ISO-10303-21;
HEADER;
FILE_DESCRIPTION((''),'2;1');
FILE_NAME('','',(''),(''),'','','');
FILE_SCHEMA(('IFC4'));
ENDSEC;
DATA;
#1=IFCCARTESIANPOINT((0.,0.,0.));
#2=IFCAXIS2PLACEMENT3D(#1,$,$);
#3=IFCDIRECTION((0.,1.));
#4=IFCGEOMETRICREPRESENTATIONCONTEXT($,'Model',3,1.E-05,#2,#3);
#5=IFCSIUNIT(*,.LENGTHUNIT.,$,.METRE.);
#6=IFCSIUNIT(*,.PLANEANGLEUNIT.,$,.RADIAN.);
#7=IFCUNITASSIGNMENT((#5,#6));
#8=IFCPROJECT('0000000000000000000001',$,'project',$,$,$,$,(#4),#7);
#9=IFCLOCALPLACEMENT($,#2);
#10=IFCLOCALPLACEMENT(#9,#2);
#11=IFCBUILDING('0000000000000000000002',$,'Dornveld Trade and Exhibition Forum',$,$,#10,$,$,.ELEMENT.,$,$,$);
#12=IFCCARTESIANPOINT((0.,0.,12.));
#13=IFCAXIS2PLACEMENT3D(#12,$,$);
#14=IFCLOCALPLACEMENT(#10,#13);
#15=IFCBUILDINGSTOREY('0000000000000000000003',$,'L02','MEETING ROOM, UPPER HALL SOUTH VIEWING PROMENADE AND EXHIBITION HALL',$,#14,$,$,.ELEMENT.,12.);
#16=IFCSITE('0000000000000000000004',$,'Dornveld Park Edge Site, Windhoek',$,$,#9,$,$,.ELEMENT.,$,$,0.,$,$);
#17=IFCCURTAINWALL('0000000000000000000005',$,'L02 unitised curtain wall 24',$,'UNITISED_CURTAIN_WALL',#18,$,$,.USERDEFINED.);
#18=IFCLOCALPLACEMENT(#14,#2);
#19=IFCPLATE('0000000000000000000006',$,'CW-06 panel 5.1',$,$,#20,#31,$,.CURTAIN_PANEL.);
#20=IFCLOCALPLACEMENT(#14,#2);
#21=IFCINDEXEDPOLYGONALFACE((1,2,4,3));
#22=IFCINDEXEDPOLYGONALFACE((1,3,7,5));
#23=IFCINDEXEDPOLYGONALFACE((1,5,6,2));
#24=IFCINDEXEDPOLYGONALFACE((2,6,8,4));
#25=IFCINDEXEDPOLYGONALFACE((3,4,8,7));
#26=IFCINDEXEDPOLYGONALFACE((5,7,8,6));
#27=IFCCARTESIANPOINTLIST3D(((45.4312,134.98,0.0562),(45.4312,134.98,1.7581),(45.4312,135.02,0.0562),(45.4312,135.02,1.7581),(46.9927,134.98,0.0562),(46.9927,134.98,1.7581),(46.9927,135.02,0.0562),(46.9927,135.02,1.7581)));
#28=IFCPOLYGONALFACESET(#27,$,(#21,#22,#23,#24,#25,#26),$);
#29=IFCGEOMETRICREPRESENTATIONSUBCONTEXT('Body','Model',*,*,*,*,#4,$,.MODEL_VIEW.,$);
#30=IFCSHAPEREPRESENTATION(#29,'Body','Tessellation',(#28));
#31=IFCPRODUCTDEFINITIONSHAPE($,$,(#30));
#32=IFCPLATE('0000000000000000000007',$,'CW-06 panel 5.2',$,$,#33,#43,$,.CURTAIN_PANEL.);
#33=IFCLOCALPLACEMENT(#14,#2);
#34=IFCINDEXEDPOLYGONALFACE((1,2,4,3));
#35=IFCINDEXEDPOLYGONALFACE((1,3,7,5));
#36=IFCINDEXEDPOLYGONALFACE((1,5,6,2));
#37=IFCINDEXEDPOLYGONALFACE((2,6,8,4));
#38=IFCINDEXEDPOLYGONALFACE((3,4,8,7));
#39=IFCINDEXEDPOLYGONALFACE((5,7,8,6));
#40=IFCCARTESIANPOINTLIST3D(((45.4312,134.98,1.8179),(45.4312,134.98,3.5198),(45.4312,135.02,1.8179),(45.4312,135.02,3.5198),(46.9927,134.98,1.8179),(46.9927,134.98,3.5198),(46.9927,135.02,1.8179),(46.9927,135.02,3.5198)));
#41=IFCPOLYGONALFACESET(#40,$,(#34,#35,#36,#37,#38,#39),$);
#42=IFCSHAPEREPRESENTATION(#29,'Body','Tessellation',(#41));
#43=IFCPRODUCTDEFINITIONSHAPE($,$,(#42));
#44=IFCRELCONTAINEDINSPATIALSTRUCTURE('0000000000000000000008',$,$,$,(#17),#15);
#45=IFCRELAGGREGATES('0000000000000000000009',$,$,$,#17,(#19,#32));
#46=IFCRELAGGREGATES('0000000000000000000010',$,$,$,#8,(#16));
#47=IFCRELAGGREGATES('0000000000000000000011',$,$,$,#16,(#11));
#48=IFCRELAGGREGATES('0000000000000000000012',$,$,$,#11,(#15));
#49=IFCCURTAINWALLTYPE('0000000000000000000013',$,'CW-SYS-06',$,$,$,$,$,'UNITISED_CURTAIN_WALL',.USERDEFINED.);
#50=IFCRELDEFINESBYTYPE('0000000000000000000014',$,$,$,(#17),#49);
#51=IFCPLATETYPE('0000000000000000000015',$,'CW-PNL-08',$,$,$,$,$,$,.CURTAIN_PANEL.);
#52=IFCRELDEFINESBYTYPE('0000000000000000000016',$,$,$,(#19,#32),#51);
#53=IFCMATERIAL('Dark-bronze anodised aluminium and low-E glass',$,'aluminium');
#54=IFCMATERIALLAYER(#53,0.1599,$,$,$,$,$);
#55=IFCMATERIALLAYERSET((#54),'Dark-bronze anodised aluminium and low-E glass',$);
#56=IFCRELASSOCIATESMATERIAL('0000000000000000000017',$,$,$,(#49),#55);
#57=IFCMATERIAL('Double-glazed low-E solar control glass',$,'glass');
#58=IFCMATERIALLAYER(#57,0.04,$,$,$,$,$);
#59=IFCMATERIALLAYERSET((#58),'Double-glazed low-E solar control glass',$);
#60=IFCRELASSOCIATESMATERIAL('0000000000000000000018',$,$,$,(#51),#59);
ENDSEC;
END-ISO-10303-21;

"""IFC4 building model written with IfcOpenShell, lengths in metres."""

from ifc_helpers import new_model, si_unit, direction, frame, origin, origin_2d, place, context, subcontext, project, spatial, rectangle, extrude, material, layer, layer_set, type_object, element, aggregate, save


model = new_model("IFC4")

# Units and contexts
model_context = context("Model", 3, precision=1e-05, world=origin(), true_north=direction((0.0, 1.0)))
body_context = subcontext(model_context, "Body", "Model", "MODEL_VIEW")
ifc_project = project(units=[si_unit("LENGTHUNIT", "METRE"), si_unit("PLANEANGLEUNIT", "RADIAN")], contexts=[model_context])

# Site, building, storey
site_placement = place(None, origin())
site = spatial("IfcSite", under=ifc_project, at=site_placement, Name="Dornveld Park Edge Site, Windhoek", CompositionType="ELEMENT", RefElevation=0.0)
building_placement = place(site_placement, origin())
building = spatial("IfcBuilding", under=site, at=building_placement, Name="Dornveld Trade and Exhibition Forum", CompositionType="ELEMENT")
storey_placement = place(building_placement, frame((0.0, 0.0, 12.0)))
storey = spatial("IfcBuildingStorey", under=building, at=storey_placement, Name="L02", Description="MEETING ROOM, UPPER HALL SOUTH VIEWING PROMENADE AND EXHIBITION HALL", CompositionType="ELEMENT", Elevation=12.0)

# Curtain wall
ifc_material_1 = material(Name="Dark-bronze anodised aluminium and low-E glass", Category="aluminium")
ifc_layer_1 = layer(ifc_material_1, 0.1599)
ifc_layer_set_1 = layer_set([ifc_layer_1], Name="Dark-bronze anodised aluminium and low-E glass")
curtain_wall_type_1 = type_object("IfcCurtainWallType", Name="CW-SYS-06", ElementType="UNITISED_CURTAIN_WALL", PredefinedType="USERDEFINED", material=ifc_layer_set_1)
curtain_wall_1_placement = place(storey_placement, origin())
curtain_wall_1 = element("IfcCurtainWall", 1, at=curtain_wall_1_placement, inside=storey, type_object=curtain_wall_type_1, Name="L02 unitised curtain wall 24", ObjectType="UNITISED_CURTAIN_WALL", PredefinedType="USERDEFINED")

# Plates
ifc_material_2 = material(Name="Double-glazed low-E solar control glass", Category="glass")
ifc_layer_2 = layer(ifc_material_2, 0.04)
ifc_layer_set_2 = layer_set([ifc_layer_2], Name="Double-glazed low-E solar control glass")
plate_type_1 = type_object("IfcPlateType", Name="CW-PNL-08", PredefinedType="CURTAIN_PANEL", material=ifc_layer_set_2)
plate_1_placement = place(storey_placement, frame((46.2119, 135.0, 0.0562), z_axis=(0.0, 0.0, 1.0), x_axis=(-1.0, 0.0, 0.0)))
plate_1 = element("IfcPlate", 2, at=plate_1_placement, type_object=plate_type_1, Name="CW-06 panel 5.1", PredefinedType="CURTAIN_PANEL", context=body_context, shape_type="SweptSolid", body=[
    extrude(rectangle(XDim=1.5615, YDim=0.04, at=origin_2d()), origin(), (0.0, 0.0, 1.0), 1.7019),
])
plate_2_placement = place(storey_placement, frame((46.2119, 135.0, 1.8179), z_axis=(0.0, 0.0, 1.0), x_axis=(-1.0, 0.0, 0.0)))
plate_2 = element("IfcPlate", 3, at=plate_2_placement, type_object=plate_type_1, Name="CW-06 panel 5.2", PredefinedType="CURTAIN_PANEL", context=body_context, shape_type="SweptSolid", body=[
    extrude(rectangle(XDim=1.5615, YDim=0.04, at=origin_2d()), origin(), (0.0, 0.0, 1.0), 1.7019),
])
aggregate(curtain_wall_1, [plate_1, plate_2])

save(model, "model.ifc")
